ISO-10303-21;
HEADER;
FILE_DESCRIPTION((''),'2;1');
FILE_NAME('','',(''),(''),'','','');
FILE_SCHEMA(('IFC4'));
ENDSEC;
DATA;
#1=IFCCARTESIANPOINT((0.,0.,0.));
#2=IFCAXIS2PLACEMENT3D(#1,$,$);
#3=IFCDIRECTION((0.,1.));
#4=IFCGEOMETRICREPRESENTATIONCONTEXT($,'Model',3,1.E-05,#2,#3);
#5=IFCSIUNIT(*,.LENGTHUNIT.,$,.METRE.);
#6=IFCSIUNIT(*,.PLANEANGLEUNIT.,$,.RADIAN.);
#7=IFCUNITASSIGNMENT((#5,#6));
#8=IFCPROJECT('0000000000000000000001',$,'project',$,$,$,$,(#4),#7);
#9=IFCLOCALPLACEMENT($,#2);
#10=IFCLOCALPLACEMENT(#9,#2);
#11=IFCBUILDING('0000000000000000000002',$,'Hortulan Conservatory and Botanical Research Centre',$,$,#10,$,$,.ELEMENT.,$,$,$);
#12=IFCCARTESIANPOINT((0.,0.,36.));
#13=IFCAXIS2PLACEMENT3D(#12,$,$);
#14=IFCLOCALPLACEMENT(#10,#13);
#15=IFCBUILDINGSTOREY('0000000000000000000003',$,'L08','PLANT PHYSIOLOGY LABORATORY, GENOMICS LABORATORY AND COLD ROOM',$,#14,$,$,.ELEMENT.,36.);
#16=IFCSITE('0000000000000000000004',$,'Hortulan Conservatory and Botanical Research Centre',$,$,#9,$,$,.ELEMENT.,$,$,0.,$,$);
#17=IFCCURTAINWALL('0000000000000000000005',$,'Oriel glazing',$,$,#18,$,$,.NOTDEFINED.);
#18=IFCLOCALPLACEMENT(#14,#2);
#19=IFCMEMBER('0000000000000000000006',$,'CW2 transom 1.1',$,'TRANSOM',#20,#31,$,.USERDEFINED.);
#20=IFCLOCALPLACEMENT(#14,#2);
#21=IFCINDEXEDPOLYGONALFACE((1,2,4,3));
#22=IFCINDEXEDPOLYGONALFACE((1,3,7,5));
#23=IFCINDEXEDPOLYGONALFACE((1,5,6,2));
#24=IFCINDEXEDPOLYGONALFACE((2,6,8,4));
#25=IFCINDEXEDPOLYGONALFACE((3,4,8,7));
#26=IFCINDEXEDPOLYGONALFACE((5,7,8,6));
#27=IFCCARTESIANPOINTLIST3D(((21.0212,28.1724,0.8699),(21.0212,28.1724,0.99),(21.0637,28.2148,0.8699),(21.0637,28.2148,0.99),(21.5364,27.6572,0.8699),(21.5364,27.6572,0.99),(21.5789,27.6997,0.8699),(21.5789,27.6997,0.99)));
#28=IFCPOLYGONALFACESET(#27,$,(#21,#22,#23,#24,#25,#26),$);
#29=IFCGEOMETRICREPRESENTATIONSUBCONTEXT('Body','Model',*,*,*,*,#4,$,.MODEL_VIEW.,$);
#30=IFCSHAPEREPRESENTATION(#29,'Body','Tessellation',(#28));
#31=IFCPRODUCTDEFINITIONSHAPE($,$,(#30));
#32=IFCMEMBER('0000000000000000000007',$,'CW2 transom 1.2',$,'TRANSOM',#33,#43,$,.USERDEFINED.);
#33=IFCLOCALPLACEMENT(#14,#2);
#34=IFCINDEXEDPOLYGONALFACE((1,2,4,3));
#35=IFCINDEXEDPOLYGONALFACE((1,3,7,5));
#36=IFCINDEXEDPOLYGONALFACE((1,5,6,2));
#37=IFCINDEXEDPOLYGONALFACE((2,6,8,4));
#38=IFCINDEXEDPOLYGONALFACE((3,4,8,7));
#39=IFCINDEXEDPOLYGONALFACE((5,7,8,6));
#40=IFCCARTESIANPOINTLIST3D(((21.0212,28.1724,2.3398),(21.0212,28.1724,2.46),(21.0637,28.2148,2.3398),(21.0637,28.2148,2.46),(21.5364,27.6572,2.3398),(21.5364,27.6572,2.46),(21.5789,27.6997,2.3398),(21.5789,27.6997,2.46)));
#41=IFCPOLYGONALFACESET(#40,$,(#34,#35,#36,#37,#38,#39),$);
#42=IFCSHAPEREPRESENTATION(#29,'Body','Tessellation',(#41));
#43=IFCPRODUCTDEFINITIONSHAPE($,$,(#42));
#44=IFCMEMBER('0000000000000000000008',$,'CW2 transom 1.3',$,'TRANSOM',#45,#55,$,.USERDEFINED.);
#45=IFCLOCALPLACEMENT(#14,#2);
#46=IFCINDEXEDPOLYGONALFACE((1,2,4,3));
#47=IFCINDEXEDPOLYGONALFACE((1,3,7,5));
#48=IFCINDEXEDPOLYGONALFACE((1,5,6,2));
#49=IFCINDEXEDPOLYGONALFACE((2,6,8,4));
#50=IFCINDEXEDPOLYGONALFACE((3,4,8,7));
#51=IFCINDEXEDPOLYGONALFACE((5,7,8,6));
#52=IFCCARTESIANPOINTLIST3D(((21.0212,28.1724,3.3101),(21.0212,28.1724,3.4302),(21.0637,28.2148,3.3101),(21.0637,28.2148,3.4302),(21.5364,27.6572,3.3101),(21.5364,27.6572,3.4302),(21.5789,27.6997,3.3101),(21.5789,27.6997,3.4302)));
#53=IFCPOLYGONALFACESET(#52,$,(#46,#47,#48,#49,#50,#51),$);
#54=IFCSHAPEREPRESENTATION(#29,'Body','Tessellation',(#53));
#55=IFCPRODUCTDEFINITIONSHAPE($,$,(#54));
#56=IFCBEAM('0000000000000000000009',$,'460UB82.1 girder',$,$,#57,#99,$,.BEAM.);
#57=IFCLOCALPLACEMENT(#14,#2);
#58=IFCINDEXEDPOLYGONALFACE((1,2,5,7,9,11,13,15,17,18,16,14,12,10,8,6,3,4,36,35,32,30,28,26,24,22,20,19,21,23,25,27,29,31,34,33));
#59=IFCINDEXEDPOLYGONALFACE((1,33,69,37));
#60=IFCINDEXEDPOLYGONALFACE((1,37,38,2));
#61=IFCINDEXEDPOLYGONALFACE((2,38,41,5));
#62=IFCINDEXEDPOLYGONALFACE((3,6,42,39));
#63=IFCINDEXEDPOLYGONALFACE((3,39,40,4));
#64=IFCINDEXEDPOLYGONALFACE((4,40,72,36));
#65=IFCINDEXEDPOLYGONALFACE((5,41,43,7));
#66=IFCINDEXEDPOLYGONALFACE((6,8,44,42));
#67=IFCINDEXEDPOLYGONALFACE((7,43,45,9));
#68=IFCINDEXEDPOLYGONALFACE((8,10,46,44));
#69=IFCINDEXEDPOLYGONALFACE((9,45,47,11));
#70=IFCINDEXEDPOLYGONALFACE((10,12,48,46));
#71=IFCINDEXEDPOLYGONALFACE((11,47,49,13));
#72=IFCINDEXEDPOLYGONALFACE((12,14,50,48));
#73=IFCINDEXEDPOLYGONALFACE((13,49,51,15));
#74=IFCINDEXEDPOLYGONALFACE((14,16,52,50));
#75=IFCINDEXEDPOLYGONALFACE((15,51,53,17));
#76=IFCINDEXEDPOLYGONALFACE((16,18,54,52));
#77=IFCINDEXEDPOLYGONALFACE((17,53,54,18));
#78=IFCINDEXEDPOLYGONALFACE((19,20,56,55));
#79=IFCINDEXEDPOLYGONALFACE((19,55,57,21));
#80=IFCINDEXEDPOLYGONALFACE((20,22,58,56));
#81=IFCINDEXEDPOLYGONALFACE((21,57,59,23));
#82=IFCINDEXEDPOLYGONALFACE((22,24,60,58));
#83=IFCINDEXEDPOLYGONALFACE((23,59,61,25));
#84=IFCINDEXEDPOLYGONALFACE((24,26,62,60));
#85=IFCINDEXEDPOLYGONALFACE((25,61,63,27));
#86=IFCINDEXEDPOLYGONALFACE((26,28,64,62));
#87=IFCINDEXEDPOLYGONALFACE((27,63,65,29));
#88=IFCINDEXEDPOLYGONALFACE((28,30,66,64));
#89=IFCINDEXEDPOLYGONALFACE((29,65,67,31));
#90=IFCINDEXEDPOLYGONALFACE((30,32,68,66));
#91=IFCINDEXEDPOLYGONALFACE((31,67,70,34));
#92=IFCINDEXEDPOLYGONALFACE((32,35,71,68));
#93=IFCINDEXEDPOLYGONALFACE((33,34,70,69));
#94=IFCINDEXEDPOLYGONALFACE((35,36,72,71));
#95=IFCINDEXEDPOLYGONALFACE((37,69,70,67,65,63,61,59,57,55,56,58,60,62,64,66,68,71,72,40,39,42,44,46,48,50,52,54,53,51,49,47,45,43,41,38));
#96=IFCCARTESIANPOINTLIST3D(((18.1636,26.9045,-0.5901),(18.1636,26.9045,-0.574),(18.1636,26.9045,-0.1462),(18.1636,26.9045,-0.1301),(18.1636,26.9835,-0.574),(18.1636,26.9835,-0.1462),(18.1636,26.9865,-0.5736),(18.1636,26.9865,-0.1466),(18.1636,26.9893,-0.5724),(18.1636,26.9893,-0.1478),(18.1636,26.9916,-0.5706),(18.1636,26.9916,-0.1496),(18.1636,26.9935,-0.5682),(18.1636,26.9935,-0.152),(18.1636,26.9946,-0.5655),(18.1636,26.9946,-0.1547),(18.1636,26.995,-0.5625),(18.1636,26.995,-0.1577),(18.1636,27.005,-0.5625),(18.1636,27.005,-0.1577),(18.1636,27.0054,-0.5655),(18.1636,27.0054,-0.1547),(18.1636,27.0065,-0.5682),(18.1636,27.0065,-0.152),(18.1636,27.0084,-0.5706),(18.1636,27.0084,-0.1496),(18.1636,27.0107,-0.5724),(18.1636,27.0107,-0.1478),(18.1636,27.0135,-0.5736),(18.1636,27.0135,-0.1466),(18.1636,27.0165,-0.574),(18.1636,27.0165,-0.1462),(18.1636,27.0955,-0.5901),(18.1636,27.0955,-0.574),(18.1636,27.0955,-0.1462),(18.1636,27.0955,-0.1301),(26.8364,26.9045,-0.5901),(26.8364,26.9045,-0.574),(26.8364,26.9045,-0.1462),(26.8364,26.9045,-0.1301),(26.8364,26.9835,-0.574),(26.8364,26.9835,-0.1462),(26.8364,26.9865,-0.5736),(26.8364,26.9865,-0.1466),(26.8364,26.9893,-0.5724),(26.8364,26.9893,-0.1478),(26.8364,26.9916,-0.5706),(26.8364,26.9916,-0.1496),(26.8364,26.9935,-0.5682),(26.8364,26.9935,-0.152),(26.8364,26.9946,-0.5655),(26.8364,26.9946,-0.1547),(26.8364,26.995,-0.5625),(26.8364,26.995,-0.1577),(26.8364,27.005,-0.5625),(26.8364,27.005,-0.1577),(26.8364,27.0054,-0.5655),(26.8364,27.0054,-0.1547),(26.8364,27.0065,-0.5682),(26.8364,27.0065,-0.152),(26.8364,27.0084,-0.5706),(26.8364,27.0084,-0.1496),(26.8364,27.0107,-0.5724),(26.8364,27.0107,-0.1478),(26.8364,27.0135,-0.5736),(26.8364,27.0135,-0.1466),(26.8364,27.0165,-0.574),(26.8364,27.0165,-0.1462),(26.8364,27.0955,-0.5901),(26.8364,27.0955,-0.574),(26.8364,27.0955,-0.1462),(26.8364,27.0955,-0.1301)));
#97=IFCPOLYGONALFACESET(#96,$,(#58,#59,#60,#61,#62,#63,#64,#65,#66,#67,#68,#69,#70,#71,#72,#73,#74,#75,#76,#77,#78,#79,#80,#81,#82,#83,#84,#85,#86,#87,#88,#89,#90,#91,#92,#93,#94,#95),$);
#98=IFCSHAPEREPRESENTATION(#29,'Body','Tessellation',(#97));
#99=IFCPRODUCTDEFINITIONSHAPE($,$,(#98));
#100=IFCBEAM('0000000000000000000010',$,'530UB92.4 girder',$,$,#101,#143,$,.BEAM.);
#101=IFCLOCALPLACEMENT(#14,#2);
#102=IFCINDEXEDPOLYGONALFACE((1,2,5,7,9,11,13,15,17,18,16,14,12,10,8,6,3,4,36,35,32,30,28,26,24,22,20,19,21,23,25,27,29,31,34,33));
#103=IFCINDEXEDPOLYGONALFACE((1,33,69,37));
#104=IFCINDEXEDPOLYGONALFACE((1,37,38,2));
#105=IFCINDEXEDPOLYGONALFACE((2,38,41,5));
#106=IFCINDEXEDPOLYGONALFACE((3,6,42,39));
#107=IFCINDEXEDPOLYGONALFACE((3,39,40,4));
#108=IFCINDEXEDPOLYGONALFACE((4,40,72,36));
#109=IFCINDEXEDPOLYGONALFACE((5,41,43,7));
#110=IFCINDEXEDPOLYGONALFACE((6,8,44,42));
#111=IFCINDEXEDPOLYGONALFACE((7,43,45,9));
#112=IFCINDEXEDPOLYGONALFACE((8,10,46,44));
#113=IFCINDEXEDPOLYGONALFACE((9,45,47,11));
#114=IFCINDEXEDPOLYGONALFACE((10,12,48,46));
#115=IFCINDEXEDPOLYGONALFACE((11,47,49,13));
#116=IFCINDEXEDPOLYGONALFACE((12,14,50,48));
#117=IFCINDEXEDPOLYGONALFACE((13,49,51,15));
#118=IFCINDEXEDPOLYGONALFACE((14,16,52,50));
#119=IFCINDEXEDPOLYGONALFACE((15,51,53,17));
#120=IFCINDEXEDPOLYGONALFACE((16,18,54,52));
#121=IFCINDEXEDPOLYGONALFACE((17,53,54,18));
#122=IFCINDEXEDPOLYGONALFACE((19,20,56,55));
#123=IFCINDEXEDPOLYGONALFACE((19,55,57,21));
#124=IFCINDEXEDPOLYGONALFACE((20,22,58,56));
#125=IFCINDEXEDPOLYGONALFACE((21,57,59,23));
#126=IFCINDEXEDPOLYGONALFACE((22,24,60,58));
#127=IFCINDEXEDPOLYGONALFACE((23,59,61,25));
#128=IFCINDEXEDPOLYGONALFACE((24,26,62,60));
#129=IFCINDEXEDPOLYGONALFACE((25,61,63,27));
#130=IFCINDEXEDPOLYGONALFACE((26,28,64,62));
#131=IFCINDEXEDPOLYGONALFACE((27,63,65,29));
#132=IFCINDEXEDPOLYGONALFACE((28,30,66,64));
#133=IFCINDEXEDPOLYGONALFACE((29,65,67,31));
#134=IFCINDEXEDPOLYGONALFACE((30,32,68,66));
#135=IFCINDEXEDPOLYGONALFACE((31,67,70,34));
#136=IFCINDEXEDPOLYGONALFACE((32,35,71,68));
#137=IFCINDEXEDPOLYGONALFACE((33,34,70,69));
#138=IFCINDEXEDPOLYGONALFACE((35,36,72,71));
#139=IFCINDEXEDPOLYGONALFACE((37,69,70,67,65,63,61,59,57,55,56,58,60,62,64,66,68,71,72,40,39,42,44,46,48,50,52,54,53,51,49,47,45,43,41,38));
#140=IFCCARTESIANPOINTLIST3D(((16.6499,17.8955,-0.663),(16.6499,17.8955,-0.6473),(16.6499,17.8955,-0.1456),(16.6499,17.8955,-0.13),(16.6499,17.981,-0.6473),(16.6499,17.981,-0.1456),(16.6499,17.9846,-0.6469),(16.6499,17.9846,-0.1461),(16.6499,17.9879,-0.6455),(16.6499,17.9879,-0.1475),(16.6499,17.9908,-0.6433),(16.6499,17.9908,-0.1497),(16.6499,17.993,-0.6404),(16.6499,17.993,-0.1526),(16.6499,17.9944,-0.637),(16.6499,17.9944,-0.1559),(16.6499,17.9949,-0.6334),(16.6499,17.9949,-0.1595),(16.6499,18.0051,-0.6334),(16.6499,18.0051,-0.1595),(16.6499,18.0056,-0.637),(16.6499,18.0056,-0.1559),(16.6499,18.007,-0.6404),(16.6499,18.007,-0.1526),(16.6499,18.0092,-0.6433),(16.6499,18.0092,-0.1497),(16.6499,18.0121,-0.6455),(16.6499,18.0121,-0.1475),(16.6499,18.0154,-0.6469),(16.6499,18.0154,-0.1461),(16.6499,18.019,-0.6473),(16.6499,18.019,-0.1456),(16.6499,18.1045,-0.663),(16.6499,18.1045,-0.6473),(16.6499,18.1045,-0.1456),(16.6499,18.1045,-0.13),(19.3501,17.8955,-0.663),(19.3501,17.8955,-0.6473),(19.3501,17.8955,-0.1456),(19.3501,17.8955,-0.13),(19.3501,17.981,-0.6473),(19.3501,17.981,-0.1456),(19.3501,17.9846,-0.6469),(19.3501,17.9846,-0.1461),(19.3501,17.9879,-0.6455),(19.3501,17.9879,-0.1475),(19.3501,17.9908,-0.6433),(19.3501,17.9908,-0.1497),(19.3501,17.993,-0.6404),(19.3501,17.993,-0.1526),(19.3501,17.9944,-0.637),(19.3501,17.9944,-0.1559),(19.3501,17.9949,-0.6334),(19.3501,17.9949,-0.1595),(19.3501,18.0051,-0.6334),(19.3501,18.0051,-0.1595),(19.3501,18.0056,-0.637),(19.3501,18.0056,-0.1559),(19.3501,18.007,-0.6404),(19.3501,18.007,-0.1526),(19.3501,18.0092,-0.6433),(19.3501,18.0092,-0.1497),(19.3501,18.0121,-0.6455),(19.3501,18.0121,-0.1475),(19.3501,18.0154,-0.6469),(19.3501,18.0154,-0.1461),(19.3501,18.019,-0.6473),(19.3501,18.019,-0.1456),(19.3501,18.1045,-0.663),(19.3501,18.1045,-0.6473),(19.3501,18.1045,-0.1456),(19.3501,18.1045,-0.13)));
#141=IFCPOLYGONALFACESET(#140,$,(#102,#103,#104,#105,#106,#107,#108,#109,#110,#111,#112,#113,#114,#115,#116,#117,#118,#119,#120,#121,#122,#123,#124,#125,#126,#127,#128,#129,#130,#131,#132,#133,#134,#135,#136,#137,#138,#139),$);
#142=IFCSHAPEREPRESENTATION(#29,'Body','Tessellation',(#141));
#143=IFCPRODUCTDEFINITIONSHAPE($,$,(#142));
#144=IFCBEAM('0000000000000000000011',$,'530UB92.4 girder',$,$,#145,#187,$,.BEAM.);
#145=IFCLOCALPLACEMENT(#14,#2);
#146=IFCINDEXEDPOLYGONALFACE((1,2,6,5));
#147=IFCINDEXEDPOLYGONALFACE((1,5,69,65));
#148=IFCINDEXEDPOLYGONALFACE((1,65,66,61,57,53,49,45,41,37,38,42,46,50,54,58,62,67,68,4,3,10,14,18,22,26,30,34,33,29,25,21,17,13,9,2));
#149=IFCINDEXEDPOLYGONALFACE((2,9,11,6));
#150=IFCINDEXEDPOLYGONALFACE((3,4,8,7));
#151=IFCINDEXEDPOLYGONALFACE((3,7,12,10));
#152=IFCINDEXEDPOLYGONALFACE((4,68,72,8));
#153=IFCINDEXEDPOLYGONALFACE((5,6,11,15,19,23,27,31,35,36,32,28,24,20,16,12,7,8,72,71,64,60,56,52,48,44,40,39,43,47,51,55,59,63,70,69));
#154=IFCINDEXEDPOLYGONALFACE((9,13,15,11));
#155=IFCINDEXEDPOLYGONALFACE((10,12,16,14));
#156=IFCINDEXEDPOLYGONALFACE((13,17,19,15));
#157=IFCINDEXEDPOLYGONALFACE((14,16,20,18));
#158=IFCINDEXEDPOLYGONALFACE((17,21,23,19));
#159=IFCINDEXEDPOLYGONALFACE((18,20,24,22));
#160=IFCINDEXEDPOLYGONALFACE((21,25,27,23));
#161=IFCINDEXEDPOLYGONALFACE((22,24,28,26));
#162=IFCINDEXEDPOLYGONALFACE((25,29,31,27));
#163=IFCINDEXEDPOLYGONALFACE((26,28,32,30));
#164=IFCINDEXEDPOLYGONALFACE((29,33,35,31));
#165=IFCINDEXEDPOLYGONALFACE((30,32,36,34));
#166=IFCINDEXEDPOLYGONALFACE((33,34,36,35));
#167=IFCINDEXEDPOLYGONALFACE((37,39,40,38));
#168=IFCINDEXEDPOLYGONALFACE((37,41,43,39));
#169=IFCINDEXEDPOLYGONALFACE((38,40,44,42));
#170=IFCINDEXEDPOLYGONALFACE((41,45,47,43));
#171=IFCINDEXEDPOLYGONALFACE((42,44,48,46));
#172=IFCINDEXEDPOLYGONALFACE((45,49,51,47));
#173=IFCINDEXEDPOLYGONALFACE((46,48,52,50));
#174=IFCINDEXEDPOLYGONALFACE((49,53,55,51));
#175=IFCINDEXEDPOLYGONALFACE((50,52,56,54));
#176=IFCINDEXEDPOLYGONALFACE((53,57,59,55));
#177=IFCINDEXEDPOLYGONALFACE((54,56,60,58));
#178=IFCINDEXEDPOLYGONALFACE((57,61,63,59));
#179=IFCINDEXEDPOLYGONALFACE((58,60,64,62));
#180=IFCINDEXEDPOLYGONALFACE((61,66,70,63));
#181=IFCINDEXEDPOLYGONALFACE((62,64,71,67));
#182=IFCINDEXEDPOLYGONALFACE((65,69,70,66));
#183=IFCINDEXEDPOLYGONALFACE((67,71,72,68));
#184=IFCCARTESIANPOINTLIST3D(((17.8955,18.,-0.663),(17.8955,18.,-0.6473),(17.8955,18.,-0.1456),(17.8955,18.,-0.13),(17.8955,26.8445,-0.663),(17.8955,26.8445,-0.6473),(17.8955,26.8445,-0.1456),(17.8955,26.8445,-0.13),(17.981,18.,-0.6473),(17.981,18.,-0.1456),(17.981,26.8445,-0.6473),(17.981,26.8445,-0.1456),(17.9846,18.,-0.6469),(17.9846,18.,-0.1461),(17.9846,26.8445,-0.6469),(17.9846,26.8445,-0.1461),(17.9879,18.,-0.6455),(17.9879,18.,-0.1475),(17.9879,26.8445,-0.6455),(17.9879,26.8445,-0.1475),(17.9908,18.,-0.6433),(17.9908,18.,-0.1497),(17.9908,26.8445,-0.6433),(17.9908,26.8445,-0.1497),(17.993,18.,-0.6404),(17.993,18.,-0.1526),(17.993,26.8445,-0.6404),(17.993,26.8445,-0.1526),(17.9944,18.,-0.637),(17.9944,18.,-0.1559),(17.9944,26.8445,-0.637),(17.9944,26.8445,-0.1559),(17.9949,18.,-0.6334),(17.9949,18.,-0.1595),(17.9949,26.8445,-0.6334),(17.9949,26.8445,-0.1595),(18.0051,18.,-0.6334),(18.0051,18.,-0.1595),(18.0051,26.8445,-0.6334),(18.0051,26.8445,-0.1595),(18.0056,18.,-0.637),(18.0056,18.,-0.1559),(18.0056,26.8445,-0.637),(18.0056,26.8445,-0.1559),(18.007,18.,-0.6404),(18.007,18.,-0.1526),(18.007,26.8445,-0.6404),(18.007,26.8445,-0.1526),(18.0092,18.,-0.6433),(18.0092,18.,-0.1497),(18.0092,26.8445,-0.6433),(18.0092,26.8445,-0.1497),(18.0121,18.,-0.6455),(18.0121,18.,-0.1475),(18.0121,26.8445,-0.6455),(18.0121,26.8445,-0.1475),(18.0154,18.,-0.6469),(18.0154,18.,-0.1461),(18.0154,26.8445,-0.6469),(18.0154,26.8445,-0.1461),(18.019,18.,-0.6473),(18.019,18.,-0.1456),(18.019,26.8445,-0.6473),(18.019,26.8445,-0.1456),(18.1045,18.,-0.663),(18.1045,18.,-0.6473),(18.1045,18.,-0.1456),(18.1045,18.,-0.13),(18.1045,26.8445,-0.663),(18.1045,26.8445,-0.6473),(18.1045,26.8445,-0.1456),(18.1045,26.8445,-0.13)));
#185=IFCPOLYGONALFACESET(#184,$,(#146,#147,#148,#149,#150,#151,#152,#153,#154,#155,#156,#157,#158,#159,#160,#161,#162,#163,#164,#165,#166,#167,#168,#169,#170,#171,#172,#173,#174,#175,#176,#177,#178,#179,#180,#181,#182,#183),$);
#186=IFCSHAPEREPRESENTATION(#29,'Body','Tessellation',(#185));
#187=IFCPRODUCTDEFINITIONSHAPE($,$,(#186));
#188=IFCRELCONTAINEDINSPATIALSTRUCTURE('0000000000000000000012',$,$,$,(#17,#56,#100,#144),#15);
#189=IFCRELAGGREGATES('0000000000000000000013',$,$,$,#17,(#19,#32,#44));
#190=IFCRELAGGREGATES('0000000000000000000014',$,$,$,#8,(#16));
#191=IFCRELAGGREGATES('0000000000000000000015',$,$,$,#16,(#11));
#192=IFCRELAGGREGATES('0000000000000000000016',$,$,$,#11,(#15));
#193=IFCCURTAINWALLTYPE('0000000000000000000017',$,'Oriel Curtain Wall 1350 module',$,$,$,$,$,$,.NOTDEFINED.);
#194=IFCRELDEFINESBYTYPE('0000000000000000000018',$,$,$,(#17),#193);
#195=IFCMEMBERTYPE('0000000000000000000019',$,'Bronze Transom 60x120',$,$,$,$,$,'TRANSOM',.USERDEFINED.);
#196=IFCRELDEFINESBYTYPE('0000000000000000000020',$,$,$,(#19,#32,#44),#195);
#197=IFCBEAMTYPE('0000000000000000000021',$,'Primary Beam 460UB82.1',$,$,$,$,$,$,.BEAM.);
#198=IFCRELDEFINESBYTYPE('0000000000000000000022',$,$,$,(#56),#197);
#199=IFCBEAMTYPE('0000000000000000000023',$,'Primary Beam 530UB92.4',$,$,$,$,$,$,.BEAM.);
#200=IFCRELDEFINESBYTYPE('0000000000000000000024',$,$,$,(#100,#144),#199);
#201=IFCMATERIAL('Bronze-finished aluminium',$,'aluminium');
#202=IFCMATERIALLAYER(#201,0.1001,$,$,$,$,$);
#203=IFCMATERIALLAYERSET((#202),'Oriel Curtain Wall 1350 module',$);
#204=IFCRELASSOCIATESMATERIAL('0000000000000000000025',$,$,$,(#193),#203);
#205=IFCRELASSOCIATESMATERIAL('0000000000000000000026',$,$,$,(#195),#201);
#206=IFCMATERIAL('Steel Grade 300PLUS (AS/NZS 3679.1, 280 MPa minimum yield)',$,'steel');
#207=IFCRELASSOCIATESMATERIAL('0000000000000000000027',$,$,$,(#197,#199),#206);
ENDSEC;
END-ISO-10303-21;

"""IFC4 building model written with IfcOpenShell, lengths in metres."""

from ifc_helpers import new_model, si_unit, direction, frame, origin, origin_2d, place, context, subcontext, project, spatial, rectangle, i_section, extrude, material, layer, layer_set, material_profile, profile_set, type_object, element, aggregate, save


model = new_model("IFC4")

# Units and contexts
model_context = context("Model", 3, precision=1e-05, world=origin(), true_north=direction((0.0, 1.0)))
body_context = subcontext(model_context, "Body", "Model", "MODEL_VIEW")
ifc_project = project(units=[si_unit("LENGTHUNIT", "METRE"), si_unit("PLANEANGLEUNIT", "RADIAN")], contexts=[model_context])

# Site, building, storey
site_placement = place(None, origin())
site = spatial("IfcSite", under=ifc_project, at=site_placement, Name="Hortulan Conservatory and Botanical Research Centre", CompositionType="ELEMENT", RefElevation=0.0)
building_placement = place(site_placement, origin())
building = spatial("IfcBuilding", under=site, at=building_placement, Name="Hortulan Conservatory and Botanical Research Centre", CompositionType="ELEMENT")
storey_placement = place(building_placement, frame((0.0, 0.0, 36.0)))
storey = spatial("IfcBuildingStorey", under=building, at=storey_placement, Name="L08", Description="PLANT PHYSIOLOGY LABORATORY, GENOMICS LABORATORY AND COLD ROOM", CompositionType="ELEMENT", Elevation=36.0)

# Shared definitions
ifc_material_1 = material(Name="Steel Grade 300PLUS (AS/NZS 3679.1, 280 MPa minimum yield)", Category="steel")

# Shared definitions
ifc_material_2 = material(Name="Bronze-finished aluminium", Category="aluminium")
ifc_layer_1 = layer(ifc_material_2, 0.1001)
ifc_layer_set_1 = layer_set([ifc_layer_1], Name="Oriel Curtain Wall 1350 module")
curtain_wall_type = type_object("IfcCurtainWallType", Name="Oriel Curtain Wall 1350 module", PredefinedType="NOTDEFINED", material=ifc_layer_set_1)

# Curtain wall
curtain_wall_1_placement = place(storey_placement, origin())
curtain_wall_1 = element("IfcCurtainWall", 1, at=curtain_wall_1_placement, inside=storey, type_object=curtain_wall_type, Name="Oriel glazing", PredefinedType="NOTDEFINED")

# Members
ifc_material_profile_1 = material_profile(ifc_material_2, rectangle(XDim=0.0601, YDim=0.1201, at=origin_2d()), Name="Bronze Transom 60x120")
ifc_profile_set_1 = profile_set([ifc_material_profile_1], Name="Bronze-finished aluminium")
member_type_1 = type_object("IfcMemberType", Name="Bronze Transom 60x120", ElementType="TRANSOM", PredefinedType="USERDEFINED", material=ifc_profile_set_1)
member_1_placement = place(storey_placement, frame((21.0425, 28.1936, 0.9299), z_axis=(0.707107, -0.707107, 0.0), x_axis=(0.707107, 0.707107, 0.0)))
member_1 = element("IfcMember", 2, at=member_1_placement, type_object=member_type_1, Name="CW2 transom 1.1", ObjectType="TRANSOM", PredefinedType="USERDEFINED", context=body_context, shape_type="SweptSolid", body=[
    extrude(rectangle(XDim=0.0601, YDim=0.1201, at=origin_2d()), origin(), (0.0, 0.0, 1.0), 0.7285),
])
member_2_placement = place(storey_placement, frame((21.0425, 28.1936, 2.3999), z_axis=(0.707107, -0.707107, 0.0), x_axis=(0.707107, 0.707107, 0.0)))
member_2 = element("IfcMember", 3, at=member_2_placement, type_object=member_type_1, Name="CW2 transom 1.2", ObjectType="TRANSOM", PredefinedType="USERDEFINED", context=body_context, shape_type="SweptSolid", body=[
    extrude(rectangle(XDim=0.0601, YDim=0.1201, at=origin_2d()), origin(), (0.0, 0.0, 1.0), 0.7285),
])
member_3_placement = place(storey_placement, frame((21.0425, 28.1936, 3.3701), z_axis=(0.707107, -0.707107, 0.0), x_axis=(0.707107, 0.707107, 0.0)))
member_3 = element("IfcMember", 4, at=member_3_placement, type_object=member_type_1, Name="CW2 transom 1.3", ObjectType="TRANSOM", PredefinedType="USERDEFINED", context=body_context, shape_type="SweptSolid", body=[
    extrude(rectangle(XDim=0.0601, YDim=0.1201, at=origin_2d()), origin(), (0.0, 0.0, 1.0), 0.7285),
])

# Beams
ifc_material_profile_2 = material_profile(ifc_material_1, i_section(OverallWidth=0.1909, OverallDepth=0.46, WebThickness=0.01, FlangeThickness=0.0161, FilletRadius=0.0115, at=origin_2d()), Name="460UB82.1")
ifc_profile_set_2 = profile_set([ifc_material_profile_2], Name="Steel Grade 300PLUS (AS/NZS 3679.1, 280 MPa minimum yield)")
beam_type_1 = type_object("IfcBeamType", Name="Primary Beam 460UB82.1", PredefinedType="BEAM", material=ifc_profile_set_2)
beam_1_placement = place(storey_placement, frame((18.1636, 27.0, -0.3601), z_axis=(1.0, 0.0, 0.0), x_axis=(0.0, 1.0, 0.0)))
element("IfcBeam", 5, at=beam_1_placement, inside=storey, type_object=beam_type_1, Name="460UB82.1 girder", PredefinedType="BEAM", context=body_context, shape_type="SweptSolid", body=[
    extrude(i_section(OverallWidth=0.1909, OverallDepth=0.46, WebThickness=0.01, FlangeThickness=0.0161, FilletRadius=0.0115, at=origin_2d()), origin(), (0.0, 0.0, 1.0), 8.6729),
])
ifc_material_profile_3 = material_profile(ifc_material_1, i_section(OverallWidth=0.209, OverallDepth=0.533, WebThickness=0.0103, FlangeThickness=0.0156, FilletRadius=0.0139, at=origin_2d()), Name="530UB92.4")
ifc_profile_set_3 = profile_set([ifc_material_profile_3], Name="Steel Grade 300PLUS (AS/NZS 3679.1, 280 MPa minimum yield)")
beam_type_2 = type_object("IfcBeamType", Name="Primary Beam 530UB92.4", PredefinedType="BEAM", material=ifc_profile_set_3)
beam_2_placement = place(storey_placement, frame((16.6499, 18.0, -0.3965), z_axis=(1.0, 0.0, 0.0), x_axis=(0.0, 1.0, 0.0)))
element("IfcBeam", 6, at=beam_2_placement, inside=storey, type_object=beam_type_2, Name="530UB92.4 girder", PredefinedType="BEAM", context=body_context, shape_type="SweptSolid", body=[
    extrude(i_section(OverallWidth=0.209, OverallDepth=0.533, WebThickness=0.0103, FlangeThickness=0.0156, FilletRadius=0.0139, at=origin_2d()), origin(), (0.0, 0.0, 1.0), 2.7002),
])
beam_3_placement = place(storey_placement, frame((18.0, 18.0, -0.3965), z_axis=(0.0, 1.0, 0.0), x_axis=(-1.0, 0.0, 0.0)))
element("IfcBeam", 7, at=beam_3_placement, inside=storey, type_object=beam_type_2, Name="530UB92.4 girder", PredefinedType="BEAM", context=body_context, shape_type="SweptSolid", body=[
    extrude(i_section(OverallWidth=0.209, OverallDepth=0.533, WebThickness=0.0103, FlangeThickness=0.0156, FilletRadius=0.0139, at=origin_2d()), origin(), (0.0, 0.0, 1.0), 8.8445),
])

aggregate(curtain_wall_1, [member_1, member_2, member_3])

save(model, "model.ifc")
